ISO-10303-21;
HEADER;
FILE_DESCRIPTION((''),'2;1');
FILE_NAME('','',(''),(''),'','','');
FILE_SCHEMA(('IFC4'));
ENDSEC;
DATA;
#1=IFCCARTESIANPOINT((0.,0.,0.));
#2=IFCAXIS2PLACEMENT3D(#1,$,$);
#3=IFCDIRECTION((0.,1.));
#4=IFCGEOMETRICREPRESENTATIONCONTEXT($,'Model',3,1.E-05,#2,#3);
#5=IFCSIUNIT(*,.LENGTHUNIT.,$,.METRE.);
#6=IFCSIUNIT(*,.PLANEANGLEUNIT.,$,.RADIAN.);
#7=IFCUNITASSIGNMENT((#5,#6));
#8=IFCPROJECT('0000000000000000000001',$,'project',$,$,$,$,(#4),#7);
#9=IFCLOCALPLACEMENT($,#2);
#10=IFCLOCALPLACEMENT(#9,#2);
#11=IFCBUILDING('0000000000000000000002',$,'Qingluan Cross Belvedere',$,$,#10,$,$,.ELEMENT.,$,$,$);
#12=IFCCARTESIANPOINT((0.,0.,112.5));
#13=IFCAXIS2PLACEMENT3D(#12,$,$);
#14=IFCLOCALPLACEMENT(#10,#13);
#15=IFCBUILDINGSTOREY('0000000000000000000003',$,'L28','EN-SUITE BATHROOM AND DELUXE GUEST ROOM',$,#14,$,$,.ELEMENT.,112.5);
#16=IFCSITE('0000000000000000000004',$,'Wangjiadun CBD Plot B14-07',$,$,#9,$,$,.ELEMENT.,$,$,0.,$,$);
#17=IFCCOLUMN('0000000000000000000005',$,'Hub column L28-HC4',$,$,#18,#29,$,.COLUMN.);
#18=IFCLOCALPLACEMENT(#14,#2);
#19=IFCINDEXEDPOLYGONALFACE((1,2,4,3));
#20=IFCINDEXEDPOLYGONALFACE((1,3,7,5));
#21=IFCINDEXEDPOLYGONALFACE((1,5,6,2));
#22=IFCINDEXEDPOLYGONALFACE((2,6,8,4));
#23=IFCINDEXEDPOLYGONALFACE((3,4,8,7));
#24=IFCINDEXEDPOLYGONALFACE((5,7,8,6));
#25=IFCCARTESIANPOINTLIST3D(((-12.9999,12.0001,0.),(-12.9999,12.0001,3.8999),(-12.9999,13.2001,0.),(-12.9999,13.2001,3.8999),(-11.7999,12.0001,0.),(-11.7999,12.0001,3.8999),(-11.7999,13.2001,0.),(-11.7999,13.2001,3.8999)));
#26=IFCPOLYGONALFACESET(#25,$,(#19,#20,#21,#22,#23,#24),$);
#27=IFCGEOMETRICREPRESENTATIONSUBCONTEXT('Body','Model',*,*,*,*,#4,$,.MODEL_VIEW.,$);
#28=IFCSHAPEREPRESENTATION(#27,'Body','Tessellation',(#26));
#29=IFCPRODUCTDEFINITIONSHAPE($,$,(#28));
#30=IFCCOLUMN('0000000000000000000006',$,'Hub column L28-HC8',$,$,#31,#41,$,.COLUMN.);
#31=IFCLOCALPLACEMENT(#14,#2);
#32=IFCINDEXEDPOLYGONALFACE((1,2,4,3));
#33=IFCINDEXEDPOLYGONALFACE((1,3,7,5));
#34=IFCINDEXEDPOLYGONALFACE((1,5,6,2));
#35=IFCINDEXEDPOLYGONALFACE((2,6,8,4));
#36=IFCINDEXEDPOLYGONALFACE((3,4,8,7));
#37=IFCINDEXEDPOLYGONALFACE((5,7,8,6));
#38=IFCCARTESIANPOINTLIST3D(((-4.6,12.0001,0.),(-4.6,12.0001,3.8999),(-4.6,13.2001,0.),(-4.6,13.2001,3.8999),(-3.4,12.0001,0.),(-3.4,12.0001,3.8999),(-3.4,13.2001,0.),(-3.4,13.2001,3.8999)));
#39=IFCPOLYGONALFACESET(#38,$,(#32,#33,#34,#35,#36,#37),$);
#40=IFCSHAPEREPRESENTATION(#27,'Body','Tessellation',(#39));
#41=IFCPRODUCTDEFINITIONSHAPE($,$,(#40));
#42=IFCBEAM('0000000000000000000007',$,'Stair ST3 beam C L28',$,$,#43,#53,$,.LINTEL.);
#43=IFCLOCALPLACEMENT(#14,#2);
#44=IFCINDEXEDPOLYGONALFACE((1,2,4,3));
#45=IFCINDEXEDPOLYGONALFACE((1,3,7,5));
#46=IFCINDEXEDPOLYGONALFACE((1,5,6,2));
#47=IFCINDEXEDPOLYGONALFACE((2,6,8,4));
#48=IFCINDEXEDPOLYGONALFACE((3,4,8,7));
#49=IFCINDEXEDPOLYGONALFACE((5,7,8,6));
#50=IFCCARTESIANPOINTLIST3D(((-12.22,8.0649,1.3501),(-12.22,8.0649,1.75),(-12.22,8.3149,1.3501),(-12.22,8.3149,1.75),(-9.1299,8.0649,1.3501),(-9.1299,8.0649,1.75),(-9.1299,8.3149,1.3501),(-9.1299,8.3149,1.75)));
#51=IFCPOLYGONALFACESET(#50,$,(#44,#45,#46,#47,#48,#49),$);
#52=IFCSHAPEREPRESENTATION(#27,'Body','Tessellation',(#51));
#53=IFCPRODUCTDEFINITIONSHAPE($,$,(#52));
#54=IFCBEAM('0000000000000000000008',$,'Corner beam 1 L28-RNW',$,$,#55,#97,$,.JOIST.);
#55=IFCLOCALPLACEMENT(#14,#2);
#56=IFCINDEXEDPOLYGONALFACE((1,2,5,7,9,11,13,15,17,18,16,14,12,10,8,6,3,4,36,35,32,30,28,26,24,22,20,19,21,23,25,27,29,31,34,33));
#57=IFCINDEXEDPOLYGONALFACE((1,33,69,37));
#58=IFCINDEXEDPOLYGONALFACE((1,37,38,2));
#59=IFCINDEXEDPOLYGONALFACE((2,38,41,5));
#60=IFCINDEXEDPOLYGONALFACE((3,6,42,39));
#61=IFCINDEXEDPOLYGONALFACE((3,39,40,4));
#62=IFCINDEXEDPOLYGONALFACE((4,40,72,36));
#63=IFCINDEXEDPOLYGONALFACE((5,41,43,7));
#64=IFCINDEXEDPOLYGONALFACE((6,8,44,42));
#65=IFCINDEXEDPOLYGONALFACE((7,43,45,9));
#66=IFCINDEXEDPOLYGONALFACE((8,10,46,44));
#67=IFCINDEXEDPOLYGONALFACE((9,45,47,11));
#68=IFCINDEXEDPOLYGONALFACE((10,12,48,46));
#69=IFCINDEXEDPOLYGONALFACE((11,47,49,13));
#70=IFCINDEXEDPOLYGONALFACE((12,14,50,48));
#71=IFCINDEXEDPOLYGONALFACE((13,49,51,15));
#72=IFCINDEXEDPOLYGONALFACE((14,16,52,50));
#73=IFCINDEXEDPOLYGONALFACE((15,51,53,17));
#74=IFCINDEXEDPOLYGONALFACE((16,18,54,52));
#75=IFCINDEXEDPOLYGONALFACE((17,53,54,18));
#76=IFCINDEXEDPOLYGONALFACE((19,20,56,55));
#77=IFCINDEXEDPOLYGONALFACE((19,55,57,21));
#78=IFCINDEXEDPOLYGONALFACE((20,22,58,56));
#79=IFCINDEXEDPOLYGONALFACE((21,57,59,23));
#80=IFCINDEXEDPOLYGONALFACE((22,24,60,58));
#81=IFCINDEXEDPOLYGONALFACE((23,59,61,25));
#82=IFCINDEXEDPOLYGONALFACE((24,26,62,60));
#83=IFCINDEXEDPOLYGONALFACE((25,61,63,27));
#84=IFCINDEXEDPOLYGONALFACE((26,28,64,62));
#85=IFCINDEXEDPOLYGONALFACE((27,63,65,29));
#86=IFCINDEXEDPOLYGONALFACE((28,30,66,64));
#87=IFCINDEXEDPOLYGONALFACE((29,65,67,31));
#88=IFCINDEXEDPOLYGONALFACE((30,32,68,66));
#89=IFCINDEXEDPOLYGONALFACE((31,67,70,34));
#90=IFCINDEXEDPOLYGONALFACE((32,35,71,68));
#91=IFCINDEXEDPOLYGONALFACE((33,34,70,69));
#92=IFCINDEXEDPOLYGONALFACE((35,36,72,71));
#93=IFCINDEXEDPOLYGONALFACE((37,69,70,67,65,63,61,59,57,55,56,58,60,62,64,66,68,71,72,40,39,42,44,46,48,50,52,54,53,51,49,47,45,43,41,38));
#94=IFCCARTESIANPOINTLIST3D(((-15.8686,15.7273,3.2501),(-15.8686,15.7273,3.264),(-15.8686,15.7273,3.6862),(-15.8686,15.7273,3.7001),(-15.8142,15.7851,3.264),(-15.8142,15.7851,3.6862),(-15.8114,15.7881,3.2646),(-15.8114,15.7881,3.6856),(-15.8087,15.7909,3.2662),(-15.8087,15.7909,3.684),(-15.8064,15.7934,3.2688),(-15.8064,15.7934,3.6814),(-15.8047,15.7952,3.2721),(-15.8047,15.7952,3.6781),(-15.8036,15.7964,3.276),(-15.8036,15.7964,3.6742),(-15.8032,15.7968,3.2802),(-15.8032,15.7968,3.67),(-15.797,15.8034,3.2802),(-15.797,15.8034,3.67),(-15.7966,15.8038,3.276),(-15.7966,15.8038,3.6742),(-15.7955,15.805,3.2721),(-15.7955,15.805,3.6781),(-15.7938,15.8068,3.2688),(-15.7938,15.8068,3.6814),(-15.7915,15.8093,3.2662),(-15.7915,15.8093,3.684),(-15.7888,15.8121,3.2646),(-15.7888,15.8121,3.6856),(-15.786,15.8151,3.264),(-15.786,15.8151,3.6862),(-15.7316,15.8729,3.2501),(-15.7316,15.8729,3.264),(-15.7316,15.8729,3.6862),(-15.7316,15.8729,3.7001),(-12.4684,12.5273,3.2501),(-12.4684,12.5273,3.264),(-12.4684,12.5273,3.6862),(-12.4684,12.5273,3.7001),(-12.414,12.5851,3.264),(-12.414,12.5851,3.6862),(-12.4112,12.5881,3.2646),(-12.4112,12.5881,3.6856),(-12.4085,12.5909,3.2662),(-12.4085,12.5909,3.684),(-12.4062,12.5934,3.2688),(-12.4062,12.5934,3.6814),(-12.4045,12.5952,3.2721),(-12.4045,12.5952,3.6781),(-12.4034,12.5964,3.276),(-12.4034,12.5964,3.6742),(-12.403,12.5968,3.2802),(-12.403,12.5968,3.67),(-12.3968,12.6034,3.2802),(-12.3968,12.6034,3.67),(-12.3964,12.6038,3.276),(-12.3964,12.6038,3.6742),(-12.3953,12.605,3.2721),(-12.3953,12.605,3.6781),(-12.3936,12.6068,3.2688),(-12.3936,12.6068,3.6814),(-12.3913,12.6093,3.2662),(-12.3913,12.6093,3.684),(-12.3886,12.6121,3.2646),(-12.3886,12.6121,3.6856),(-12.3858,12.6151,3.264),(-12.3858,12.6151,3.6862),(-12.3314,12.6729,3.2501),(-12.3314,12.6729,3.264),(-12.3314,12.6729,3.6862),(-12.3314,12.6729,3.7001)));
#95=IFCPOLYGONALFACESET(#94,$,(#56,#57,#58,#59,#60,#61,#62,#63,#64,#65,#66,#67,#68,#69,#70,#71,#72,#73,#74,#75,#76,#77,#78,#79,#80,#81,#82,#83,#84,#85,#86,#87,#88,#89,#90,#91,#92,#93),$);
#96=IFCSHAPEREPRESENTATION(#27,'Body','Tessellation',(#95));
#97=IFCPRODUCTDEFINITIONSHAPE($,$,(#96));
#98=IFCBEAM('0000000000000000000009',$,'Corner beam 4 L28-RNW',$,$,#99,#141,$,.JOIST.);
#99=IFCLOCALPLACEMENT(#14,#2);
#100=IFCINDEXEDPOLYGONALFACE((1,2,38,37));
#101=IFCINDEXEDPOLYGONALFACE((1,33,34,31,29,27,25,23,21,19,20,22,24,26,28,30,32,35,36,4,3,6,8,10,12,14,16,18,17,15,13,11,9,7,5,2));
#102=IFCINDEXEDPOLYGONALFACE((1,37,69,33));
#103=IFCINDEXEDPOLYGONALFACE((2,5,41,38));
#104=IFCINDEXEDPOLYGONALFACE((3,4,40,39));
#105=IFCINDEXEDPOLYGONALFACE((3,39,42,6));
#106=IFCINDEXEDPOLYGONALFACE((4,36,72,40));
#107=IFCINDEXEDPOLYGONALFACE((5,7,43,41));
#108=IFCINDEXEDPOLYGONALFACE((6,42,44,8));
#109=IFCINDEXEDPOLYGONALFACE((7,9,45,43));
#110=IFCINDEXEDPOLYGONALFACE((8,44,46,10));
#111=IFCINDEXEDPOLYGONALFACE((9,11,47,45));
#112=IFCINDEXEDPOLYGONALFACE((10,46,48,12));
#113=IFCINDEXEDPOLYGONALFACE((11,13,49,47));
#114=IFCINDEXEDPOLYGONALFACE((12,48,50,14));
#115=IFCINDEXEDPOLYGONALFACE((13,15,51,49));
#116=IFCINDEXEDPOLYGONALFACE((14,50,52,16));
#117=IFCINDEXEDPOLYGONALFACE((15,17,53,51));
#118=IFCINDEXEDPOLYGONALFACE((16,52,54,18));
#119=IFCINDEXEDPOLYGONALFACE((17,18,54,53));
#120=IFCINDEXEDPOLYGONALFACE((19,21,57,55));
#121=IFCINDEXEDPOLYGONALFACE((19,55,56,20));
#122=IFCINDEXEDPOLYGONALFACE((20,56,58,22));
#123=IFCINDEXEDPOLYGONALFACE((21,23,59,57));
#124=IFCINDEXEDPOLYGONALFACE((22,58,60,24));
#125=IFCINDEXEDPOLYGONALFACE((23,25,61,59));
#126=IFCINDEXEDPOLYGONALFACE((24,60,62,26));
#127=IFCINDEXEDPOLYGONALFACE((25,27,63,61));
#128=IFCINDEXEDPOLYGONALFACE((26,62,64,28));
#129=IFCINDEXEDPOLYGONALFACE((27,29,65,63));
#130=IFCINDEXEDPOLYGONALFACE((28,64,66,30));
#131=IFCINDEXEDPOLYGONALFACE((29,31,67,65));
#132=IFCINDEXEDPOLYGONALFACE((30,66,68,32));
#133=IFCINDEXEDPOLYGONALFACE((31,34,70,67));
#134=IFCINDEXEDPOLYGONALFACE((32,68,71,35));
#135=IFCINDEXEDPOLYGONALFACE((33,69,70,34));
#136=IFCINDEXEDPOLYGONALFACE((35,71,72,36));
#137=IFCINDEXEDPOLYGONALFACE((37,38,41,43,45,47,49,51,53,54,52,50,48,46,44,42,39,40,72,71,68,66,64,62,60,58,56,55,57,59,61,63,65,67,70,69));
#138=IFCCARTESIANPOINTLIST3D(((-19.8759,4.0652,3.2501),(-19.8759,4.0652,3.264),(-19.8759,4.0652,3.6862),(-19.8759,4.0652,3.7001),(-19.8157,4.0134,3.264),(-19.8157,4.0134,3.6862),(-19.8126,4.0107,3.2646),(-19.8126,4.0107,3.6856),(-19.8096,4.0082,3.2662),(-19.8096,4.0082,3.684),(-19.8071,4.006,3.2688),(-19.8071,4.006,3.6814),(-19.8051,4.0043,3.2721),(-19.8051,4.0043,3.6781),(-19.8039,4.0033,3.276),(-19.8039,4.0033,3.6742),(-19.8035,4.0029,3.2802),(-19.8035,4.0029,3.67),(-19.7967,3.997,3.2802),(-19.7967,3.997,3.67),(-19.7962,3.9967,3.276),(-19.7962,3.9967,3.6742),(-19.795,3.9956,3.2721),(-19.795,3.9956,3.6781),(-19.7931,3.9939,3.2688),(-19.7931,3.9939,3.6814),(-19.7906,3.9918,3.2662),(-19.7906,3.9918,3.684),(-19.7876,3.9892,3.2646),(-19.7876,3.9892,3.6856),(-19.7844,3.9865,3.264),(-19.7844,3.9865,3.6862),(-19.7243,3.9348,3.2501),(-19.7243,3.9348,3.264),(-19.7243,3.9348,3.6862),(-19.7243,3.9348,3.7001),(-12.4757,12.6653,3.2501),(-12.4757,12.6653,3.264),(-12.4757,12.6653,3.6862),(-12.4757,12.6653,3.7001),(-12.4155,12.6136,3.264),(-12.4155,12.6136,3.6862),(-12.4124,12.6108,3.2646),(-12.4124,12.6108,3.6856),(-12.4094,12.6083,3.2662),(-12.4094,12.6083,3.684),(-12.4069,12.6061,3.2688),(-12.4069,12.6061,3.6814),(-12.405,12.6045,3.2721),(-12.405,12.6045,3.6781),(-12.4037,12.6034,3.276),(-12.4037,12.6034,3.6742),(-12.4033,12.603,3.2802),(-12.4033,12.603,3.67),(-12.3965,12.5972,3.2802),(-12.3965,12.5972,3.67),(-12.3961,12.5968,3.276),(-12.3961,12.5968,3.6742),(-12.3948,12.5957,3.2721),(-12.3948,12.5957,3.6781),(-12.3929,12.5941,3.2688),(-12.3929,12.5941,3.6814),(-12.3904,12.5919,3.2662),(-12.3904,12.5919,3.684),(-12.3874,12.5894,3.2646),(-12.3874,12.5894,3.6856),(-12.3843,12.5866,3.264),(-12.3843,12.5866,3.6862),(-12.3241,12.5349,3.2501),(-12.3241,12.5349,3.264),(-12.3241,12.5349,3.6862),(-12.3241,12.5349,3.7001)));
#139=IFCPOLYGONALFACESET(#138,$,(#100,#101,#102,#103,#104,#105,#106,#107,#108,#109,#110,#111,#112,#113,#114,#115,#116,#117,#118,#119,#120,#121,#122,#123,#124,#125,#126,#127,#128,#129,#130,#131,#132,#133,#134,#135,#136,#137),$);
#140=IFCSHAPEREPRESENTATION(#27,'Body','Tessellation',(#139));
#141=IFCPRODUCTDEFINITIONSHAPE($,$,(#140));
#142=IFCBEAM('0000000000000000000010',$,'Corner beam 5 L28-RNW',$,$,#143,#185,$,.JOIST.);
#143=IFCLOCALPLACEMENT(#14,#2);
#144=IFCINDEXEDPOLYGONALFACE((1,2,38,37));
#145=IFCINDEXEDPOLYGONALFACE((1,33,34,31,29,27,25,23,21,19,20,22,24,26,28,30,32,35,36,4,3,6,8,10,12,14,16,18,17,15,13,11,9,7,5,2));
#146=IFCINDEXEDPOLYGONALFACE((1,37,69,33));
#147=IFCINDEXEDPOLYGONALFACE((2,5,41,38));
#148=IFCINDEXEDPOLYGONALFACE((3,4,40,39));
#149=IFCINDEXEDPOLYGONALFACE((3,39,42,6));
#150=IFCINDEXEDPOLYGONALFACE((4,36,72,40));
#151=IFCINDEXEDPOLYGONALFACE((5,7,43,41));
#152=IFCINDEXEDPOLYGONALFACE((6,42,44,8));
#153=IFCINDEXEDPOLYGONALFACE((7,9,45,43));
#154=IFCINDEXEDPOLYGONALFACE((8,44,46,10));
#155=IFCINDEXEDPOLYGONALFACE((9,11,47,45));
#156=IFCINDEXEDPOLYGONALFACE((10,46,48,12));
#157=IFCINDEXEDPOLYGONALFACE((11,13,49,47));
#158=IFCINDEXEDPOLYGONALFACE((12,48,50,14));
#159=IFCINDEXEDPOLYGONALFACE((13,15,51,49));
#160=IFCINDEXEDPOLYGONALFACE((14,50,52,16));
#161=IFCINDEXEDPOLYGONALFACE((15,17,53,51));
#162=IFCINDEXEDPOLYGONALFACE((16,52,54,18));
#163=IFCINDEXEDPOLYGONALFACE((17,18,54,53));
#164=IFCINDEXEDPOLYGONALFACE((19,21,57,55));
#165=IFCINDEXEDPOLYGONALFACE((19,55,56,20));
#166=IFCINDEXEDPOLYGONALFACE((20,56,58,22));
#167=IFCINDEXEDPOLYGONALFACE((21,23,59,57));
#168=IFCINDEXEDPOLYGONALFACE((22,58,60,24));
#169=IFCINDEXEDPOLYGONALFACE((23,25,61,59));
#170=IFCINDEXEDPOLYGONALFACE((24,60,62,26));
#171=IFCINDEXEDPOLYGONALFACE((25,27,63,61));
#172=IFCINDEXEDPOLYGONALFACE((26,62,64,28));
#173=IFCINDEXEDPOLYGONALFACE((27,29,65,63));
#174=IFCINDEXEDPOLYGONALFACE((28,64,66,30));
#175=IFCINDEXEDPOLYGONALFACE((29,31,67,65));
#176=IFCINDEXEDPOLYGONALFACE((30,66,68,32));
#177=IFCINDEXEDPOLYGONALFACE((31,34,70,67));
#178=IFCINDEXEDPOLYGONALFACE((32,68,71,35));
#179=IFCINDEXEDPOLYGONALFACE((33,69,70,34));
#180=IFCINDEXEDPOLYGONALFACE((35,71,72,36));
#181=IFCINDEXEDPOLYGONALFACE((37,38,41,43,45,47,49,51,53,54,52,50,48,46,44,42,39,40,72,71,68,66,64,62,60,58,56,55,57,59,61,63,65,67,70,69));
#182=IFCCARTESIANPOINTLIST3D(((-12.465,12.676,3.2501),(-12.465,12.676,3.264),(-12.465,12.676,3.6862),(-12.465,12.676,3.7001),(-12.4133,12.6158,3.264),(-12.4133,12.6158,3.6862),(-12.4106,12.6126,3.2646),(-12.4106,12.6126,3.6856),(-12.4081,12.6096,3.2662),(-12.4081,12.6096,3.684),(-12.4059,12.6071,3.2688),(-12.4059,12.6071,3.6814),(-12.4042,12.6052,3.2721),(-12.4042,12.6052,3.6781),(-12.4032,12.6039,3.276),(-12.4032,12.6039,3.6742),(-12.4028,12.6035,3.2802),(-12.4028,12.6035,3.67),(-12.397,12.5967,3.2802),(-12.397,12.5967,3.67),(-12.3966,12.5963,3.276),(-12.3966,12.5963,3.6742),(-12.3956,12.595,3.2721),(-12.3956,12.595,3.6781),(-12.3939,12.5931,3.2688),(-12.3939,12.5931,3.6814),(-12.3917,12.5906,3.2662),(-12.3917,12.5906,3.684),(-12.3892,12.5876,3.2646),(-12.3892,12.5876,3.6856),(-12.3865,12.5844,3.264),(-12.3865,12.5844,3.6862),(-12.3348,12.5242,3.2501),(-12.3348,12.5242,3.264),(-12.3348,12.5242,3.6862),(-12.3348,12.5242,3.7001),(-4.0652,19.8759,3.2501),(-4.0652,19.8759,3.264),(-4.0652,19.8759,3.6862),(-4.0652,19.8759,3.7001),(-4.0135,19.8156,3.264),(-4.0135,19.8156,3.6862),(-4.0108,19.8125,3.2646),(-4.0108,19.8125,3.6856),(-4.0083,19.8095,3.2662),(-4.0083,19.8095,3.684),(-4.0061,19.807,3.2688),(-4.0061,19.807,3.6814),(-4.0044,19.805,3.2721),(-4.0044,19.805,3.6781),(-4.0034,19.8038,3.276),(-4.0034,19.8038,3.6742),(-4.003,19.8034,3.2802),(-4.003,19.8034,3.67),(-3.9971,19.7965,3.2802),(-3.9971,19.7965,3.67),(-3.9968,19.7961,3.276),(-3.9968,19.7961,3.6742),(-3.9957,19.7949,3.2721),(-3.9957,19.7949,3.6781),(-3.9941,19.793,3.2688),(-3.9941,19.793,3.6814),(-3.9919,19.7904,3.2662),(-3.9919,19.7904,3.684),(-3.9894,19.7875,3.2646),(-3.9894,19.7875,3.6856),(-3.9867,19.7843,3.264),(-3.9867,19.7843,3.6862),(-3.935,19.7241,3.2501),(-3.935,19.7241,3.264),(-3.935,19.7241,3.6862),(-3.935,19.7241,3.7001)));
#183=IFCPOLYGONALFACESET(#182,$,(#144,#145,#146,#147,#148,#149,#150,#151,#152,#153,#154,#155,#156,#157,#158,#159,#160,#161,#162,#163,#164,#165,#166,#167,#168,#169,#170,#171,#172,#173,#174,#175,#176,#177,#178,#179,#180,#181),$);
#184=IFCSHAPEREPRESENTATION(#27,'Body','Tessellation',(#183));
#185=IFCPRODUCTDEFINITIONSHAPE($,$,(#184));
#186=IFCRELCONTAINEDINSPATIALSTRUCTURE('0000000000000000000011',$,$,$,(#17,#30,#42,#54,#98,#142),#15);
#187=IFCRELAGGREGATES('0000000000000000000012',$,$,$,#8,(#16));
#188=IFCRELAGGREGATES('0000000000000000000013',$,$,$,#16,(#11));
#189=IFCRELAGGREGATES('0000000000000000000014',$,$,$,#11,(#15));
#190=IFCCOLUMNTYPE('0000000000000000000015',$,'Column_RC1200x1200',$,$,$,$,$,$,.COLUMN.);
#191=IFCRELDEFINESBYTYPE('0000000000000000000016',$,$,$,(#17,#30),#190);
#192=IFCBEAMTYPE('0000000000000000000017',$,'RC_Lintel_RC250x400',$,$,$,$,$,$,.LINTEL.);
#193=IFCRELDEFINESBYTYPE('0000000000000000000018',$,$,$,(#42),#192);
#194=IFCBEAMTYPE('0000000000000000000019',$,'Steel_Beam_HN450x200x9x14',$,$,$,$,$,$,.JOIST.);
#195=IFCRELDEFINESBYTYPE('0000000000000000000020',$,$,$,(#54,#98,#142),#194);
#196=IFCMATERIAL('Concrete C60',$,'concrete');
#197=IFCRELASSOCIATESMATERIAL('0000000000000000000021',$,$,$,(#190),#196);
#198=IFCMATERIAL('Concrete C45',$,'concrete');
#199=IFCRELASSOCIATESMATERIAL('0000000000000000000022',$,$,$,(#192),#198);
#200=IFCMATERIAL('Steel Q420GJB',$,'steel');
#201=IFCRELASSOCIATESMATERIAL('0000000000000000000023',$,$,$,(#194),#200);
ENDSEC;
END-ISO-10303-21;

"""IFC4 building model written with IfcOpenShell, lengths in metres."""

from ifc_helpers import new_model, si_unit, direction, frame, origin, origin_2d, place, context, subcontext, project, spatial, rectangle, i_section, extrude, material, material_profile, profile_set, type_object, element, save


model = new_model("IFC4")

# Units and contexts
model_context = context("Model", 3, precision=1e-05, world=origin(), true_north=direction((0.0, 1.0)))
body_context = subcontext(model_context, "Body", "Model", "MODEL_VIEW")
ifc_project = project(units=[si_unit("LENGTHUNIT", "METRE"), si_unit("PLANEANGLEUNIT", "RADIAN")], contexts=[model_context])

# Site, building, storey
site_placement = place(None, origin())
site = spatial("IfcSite", under=ifc_project, at=site_placement, Name="Wangjiadun CBD Plot B14-07", CompositionType="ELEMENT", RefElevation=0.0)
building_placement = place(site_placement, origin())
building = spatial("IfcBuilding", under=site, at=building_placement, Name="Qingluan Cross Belvedere", CompositionType="ELEMENT")
storey_placement = place(building_placement, frame((0.0, 0.0, 112.5)))
storey = spatial("IfcBuildingStorey", under=building, at=storey_placement, Name="L28", Description="EN-SUITE BATHROOM AND DELUXE GUEST ROOM", CompositionType="ELEMENT", Elevation=112.5)

# Columns
ifc_material_1 = material(Name="Concrete C60", Category="concrete")
ifc_material_profile_1 = material_profile(ifc_material_1, rectangle(XDim=1.2, YDim=1.2, at=origin_2d()), Name="RC1200x1200")
ifc_profile_set_1 = profile_set([ifc_material_profile_1], Name="Concrete C60")
column_type = type_object("IfcColumnType", Name="Column_RC1200x1200", PredefinedType="COLUMN", material=ifc_profile_set_1)
for number, where, z_axis, x_axis, name in (
    (1, (-12.3999, 12.6001, 0.0), (0.0, 0.0, 1.0), (1.0, 0.0, 0.0), "Hub column L28-HC4"),
    (2, (-4.0, 12.6001, 0.0), (0.0, 0.0, 1.0), (1.0, 0.0, 0.0), "Hub column L28-HC8"),
):
    element("IfcColumn", number, at=place(storey_placement, frame(where, z_axis=z_axis, x_axis=x_axis)), inside=storey, type_object=column_type, Name=name, PredefinedType="COLUMN", context=body_context, shape_type="SweptSolid", body=[
        extrude(rectangle(XDim=1.2, YDim=1.2, at=origin_2d()), origin(), (0.0, 0.0, 1.0), 3.8999),
    ])

# Beams
ifc_material_2 = material(Name="Concrete C45", Category="concrete")
ifc_material_profile_2 = material_profile(ifc_material_2, rectangle(XDim=0.25, YDim=0.3999, at=origin_2d()), Name="RC250x400")
ifc_profile_set_2 = profile_set([ifc_material_profile_2], Name="Concrete C45")
beam_type_1 = type_object("IfcBeamType", Name="RC_Lintel_RC250x400", PredefinedType="LINTEL", material=ifc_profile_set_2)
beam_1_placement = place(storey_placement, frame((-12.22, 8.1899, 1.55), z_axis=(1.0, 0.0, 0.0), x_axis=(0.0, 1.0, 0.0)))
element("IfcBeam", 3, at=beam_1_placement, inside=storey, type_object=beam_type_1, Name="Stair ST3 beam C L28", PredefinedType="LINTEL", context=body_context, shape_type="SweptSolid", body=[
    extrude(rectangle(XDim=0.25, YDim=0.3999, at=origin_2d()), origin(), (0.0, 0.0, 1.0), 3.0901),
])
ifc_material_3 = material(Name="Steel Q420GJB", Category="steel")
ifc_material_profile_3 = material_profile(ifc_material_3, i_section(OverallWidth=0.2, OverallDepth=0.45, WebThickness=0.009, FlangeThickness=0.0139, FilletRadius=0.0161, at=origin_2d()), Name="HN450x200x9x14")
ifc_profile_set_3 = profile_set([ifc_material_profile_3], Name="Steel Q420GJB")
beam_type_2 = type_object("IfcBeamType", Name="Steel_Beam_HN450x200x9x14", PredefinedType="JOIST", material=ifc_profile_set_3)
beam_2_placement = place(storey_placement, frame((-12.3999, 12.6001, 3.4751), z_axis=(-0.72822, 0.685343, 0.0), x_axis=(-0.685343, -0.72822, 0.0)))
element("IfcBeam", 4, at=beam_2_placement, inside=storey, type_object=beam_type_2, Name="Corner beam 1 L28-RNW", PredefinedType="JOIST", context=body_context, shape_type="SweptSolid", body=[
    extrude(i_section(OverallWidth=0.2, OverallDepth=0.45, WebThickness=0.009, FlangeThickness=0.0139, FilletRadius=0.0161, at=origin_2d()), origin(), (0.0, 0.0, 1.0), 4.6692),
])
beam_3_placement = place(storey_placement, frame((-12.3999, 12.6001, 3.4751), z_axis=(-0.652245, -0.758008, 0.0), x_axis=(0.758008, -0.652245, 0.0)))
element("IfcBeam", 5, at=beam_3_placement, inside=storey, type_object=beam_type_2, Name="Corner beam 4 L28-RNW", PredefinedType="JOIST", context=body_context, shape_type="SweptSolid", body=[
    extrude(i_section(OverallWidth=0.2, OverallDepth=0.45, WebThickness=0.009, FlangeThickness=0.0139, FilletRadius=0.0161, at=origin_2d()), origin(), (0.0, 0.0, 1.0), 11.3457),
])
beam_4_placement = place(storey_placement, frame((-12.3999, 12.6001, 3.4751), z_axis=(0.759255, 0.650793, 0.0), x_axis=(-0.650793, 0.759255, 0.0)))
element("IfcBeam", 6, at=beam_4_placement, inside=storey, type_object=beam_type_2, Name="Corner beam 5 L28-RNW", PredefinedType="JOIST", context=body_context, shape_type="SweptSolid", body=[
    extrude(i_section(OverallWidth=0.2, OverallDepth=0.45, WebThickness=0.009, FlangeThickness=0.0139, FilletRadius=0.0161, at=origin_2d()), origin(), (0.0, 0.0, 1.0), 11.0632),
])

save(model, "model.ifc")
